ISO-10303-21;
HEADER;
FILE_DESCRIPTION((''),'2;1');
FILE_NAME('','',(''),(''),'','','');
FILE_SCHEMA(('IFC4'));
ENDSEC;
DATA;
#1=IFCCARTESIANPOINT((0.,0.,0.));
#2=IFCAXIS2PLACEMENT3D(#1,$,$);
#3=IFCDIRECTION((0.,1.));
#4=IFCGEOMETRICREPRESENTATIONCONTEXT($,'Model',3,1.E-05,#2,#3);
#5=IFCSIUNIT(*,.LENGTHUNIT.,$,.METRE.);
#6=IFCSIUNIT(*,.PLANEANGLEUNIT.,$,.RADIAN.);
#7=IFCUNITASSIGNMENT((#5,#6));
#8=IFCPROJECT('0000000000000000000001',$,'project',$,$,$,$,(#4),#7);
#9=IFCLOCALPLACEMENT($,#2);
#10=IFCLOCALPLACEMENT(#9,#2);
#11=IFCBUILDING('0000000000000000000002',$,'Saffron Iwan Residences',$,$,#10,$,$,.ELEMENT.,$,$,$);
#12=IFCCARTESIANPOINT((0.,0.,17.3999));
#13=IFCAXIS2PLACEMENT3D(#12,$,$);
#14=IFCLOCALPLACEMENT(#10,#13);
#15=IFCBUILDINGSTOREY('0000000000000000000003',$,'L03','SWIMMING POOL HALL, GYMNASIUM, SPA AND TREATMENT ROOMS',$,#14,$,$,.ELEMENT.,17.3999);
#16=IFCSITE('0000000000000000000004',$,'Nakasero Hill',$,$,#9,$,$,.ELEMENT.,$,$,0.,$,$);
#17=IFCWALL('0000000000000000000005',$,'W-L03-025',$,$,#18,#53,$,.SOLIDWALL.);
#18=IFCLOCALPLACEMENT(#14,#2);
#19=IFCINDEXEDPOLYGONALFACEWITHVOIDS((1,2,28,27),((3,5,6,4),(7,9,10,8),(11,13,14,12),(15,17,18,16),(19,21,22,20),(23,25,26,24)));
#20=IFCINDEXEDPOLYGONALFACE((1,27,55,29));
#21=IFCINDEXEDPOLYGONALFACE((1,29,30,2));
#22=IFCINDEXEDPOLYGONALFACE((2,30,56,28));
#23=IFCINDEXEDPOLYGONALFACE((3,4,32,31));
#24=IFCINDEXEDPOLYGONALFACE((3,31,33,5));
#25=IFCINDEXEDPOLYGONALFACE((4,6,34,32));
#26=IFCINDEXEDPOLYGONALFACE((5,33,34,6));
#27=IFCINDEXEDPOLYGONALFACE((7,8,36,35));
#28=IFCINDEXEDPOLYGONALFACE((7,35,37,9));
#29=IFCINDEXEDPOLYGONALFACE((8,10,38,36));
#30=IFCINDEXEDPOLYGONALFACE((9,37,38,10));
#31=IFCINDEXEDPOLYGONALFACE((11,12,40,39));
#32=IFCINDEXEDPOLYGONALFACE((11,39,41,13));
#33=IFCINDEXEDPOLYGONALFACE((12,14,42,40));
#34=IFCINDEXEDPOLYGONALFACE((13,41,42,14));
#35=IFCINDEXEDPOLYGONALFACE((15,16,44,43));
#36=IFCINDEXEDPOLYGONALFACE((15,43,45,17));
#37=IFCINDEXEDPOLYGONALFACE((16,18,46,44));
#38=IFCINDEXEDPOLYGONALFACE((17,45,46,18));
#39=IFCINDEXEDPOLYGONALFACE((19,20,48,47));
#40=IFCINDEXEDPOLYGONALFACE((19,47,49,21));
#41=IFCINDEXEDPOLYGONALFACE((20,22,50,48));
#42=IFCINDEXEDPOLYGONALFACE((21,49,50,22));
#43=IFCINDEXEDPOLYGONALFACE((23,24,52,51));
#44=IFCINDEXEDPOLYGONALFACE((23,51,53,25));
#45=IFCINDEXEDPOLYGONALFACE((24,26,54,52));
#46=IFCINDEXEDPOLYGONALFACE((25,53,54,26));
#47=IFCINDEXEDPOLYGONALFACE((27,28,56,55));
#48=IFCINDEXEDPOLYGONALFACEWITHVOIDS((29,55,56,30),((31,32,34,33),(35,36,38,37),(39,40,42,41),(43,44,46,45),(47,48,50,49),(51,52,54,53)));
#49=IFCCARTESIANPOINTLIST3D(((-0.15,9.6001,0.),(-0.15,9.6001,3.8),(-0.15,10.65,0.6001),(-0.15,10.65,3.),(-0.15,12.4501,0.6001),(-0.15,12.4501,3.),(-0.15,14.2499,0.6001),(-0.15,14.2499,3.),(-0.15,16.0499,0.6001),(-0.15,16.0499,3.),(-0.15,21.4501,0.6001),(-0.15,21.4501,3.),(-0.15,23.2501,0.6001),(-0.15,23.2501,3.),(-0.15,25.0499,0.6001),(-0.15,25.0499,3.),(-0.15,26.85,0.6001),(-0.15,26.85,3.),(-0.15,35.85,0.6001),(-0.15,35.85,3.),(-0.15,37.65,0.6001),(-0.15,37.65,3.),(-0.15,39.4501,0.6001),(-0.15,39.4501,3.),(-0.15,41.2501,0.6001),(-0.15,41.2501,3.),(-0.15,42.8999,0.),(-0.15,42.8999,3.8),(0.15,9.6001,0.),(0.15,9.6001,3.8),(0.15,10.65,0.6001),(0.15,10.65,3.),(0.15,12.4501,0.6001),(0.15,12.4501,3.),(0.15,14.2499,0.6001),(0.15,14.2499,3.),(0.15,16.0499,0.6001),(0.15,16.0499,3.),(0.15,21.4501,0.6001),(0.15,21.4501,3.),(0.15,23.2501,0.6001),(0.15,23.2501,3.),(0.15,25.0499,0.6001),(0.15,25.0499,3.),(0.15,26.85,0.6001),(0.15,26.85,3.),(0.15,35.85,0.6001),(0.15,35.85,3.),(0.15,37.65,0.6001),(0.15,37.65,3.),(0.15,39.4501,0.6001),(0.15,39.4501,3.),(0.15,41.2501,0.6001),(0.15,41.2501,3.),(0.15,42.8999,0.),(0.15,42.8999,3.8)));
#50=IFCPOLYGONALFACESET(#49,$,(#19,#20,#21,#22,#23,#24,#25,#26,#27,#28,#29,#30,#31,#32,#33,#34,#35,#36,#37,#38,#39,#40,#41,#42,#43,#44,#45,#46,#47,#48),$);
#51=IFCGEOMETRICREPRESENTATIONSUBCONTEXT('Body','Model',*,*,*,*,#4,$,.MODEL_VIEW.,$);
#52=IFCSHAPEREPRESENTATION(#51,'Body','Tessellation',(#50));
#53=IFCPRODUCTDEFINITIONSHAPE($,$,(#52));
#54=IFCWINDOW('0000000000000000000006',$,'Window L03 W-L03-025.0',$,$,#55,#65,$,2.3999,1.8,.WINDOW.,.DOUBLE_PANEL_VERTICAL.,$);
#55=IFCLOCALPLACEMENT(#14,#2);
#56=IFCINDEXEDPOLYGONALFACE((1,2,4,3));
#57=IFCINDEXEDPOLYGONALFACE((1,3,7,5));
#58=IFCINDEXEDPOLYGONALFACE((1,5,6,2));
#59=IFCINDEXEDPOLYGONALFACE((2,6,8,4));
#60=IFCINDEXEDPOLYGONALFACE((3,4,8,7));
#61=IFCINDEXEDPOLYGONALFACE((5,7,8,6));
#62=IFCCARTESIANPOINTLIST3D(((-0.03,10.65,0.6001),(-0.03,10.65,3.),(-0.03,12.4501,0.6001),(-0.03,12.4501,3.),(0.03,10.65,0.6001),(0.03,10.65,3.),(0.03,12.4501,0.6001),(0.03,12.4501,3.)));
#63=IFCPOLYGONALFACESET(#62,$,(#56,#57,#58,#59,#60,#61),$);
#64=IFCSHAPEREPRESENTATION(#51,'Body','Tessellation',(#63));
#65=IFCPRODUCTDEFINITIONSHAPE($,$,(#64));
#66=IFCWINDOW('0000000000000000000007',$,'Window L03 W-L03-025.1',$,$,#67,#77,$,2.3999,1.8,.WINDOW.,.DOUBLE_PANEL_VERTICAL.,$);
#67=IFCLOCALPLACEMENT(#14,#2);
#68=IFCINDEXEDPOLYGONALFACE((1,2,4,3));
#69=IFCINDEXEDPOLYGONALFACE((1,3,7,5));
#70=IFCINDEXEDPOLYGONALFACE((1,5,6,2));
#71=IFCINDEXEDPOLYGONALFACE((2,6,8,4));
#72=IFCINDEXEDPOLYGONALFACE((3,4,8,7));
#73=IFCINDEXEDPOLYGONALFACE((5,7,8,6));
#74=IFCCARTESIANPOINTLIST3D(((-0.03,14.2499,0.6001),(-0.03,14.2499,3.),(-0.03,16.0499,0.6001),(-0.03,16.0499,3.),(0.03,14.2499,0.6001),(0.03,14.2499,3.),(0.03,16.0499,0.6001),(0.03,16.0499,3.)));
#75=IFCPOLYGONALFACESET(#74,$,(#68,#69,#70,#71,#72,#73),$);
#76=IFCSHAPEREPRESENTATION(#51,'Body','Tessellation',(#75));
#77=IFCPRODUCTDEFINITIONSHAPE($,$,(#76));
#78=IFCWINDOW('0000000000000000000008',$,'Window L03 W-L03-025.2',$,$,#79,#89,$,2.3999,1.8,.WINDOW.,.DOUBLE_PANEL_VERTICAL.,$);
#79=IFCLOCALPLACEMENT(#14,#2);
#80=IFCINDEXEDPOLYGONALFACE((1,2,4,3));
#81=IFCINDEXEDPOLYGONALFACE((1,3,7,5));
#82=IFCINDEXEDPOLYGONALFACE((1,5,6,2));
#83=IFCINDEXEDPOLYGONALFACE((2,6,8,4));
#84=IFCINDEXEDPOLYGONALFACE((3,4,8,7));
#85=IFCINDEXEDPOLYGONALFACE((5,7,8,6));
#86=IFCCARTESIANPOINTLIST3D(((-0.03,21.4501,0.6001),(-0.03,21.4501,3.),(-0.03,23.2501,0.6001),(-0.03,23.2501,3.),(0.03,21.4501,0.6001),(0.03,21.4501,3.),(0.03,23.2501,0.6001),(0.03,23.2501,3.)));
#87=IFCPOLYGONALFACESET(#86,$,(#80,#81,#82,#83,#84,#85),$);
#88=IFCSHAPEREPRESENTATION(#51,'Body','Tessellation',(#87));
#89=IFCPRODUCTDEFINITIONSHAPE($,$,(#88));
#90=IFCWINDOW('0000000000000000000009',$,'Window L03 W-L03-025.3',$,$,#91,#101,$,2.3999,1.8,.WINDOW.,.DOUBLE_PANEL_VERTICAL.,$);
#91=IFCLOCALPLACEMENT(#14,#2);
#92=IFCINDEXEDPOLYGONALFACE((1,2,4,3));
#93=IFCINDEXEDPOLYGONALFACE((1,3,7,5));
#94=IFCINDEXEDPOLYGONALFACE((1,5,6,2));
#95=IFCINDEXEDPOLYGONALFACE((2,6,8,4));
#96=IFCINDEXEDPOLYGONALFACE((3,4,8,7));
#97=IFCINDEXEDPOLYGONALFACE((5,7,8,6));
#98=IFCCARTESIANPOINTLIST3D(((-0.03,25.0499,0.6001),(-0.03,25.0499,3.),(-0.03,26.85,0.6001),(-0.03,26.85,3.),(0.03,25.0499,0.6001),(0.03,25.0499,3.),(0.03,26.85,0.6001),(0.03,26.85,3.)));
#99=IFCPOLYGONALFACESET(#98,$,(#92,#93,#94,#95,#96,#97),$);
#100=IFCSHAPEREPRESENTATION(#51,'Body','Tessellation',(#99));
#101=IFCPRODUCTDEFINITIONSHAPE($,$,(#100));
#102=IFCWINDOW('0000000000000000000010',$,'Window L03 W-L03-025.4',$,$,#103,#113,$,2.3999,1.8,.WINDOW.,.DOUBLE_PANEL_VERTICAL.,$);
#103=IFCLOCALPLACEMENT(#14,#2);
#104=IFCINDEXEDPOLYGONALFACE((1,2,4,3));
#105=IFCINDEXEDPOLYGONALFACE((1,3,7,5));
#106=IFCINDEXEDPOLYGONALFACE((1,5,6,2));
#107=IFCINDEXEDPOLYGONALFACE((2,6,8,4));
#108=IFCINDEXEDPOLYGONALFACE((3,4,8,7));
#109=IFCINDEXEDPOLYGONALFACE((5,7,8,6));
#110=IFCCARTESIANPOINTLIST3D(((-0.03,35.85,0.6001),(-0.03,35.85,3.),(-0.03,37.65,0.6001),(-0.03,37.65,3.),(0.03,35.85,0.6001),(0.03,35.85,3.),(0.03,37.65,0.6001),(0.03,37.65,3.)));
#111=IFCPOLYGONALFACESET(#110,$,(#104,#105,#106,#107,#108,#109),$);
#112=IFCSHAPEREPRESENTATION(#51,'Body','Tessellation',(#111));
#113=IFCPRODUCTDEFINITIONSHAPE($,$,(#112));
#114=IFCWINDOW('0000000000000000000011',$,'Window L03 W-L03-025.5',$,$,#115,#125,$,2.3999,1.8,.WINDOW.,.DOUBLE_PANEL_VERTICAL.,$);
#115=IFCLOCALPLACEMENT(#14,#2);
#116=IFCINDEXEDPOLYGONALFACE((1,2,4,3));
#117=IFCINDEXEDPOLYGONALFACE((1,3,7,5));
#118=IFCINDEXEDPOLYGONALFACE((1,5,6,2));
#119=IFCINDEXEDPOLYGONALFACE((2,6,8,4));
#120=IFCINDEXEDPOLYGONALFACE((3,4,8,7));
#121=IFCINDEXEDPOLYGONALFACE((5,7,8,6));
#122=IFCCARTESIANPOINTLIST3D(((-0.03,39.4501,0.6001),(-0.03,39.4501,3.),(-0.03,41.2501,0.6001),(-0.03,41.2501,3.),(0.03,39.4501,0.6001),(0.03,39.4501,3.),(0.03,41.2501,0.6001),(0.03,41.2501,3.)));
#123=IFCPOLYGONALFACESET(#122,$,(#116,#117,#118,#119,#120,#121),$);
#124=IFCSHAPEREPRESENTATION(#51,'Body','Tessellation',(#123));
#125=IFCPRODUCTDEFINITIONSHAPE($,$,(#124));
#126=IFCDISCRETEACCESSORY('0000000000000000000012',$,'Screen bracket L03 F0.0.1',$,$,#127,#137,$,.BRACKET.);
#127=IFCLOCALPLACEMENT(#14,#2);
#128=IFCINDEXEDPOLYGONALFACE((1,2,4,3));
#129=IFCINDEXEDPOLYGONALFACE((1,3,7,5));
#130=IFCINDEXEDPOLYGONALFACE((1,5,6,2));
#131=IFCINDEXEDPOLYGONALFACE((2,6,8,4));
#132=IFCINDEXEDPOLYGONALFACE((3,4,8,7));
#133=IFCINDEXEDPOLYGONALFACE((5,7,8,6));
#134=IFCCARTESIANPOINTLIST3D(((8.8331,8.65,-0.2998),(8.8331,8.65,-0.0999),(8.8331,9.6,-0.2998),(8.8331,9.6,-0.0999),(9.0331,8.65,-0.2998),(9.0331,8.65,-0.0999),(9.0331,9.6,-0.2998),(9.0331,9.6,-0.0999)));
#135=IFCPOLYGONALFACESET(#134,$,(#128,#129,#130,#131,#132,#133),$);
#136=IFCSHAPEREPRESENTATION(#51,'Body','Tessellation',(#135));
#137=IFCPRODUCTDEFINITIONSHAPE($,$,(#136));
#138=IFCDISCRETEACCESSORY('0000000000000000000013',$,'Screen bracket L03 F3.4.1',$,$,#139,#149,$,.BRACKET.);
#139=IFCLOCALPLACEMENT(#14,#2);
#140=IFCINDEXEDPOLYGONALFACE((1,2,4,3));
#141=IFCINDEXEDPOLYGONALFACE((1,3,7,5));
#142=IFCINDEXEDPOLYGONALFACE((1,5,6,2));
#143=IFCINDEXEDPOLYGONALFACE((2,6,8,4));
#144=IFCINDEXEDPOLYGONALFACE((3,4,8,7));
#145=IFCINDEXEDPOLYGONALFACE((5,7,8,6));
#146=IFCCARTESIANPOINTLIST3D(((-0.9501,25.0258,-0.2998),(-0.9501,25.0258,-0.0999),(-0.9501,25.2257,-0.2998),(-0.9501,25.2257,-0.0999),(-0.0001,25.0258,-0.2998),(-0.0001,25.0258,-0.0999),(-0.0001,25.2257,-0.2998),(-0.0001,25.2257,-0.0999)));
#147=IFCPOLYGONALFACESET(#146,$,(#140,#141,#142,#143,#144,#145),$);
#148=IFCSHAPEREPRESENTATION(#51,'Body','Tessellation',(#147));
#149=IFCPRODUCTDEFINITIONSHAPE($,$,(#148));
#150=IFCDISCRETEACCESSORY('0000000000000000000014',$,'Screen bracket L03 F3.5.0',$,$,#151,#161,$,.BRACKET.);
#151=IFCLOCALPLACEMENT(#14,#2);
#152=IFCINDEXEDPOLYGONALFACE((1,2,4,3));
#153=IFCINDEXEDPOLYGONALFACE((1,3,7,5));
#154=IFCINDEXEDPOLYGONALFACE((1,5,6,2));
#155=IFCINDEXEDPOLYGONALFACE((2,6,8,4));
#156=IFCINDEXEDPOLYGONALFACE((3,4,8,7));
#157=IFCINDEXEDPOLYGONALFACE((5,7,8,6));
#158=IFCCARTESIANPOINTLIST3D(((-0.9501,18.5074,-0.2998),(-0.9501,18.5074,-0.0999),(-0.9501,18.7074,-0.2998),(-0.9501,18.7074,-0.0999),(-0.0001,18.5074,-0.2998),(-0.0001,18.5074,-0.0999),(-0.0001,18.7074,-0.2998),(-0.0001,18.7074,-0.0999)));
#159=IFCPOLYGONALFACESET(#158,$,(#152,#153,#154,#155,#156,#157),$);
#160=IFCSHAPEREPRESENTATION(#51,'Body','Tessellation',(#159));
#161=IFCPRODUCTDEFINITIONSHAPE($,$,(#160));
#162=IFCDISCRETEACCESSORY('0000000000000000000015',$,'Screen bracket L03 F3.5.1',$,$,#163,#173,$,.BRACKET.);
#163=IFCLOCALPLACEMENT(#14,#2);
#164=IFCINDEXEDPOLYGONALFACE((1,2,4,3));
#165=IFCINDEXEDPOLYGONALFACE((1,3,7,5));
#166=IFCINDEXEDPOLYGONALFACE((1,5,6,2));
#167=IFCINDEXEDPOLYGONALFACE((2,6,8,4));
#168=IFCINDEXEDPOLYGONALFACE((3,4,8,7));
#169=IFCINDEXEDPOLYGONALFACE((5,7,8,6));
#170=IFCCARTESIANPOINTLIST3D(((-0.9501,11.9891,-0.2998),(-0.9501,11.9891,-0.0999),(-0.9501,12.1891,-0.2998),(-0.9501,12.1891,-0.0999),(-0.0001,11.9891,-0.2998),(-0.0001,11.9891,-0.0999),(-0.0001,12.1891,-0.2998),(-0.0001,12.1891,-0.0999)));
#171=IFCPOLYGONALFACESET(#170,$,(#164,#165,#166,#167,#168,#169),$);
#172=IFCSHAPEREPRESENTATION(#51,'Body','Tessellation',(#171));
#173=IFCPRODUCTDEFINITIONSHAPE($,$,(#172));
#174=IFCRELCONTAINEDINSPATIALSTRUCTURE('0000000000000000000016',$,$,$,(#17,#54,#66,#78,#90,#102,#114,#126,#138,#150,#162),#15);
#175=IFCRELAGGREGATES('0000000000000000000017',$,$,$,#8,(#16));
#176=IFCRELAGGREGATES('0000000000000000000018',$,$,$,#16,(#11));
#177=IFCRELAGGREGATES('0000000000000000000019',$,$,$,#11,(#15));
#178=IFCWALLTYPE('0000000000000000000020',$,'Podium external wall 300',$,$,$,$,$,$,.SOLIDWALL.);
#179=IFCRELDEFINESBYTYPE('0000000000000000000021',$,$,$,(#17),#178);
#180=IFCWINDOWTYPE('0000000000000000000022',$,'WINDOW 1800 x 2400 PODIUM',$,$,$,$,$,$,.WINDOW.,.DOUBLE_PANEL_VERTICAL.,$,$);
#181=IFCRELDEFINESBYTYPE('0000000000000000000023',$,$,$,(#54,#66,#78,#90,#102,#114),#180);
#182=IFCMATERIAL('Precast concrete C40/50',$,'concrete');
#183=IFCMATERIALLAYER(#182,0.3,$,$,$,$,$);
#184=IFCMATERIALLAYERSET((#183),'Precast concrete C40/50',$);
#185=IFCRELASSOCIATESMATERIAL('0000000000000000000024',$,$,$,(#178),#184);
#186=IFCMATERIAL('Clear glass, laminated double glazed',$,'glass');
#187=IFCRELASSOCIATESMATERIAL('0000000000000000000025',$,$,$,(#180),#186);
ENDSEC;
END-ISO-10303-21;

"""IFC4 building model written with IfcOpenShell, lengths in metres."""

from ifc_helpers import new_model, si_unit, direction, frame, frame_2d, origin, origin_2d, place, context, subcontext, project, spatial, rectangle, extrude, source, transform, mapped, material, layer, layer_set, type_object, element, fill, save


model = new_model("IFC4")

# Units and contexts
model_context = context("Model", 3, precision=1e-05, world=origin(), true_north=direction((0.0, 1.0)))
body_context = subcontext(model_context, "Body", "Model", "MODEL_VIEW")
ifc_project = project(units=[si_unit("LENGTHUNIT", "METRE"), si_unit("PLANEANGLEUNIT", "RADIAN")], contexts=[model_context])

# Site, building, storey
site_placement = place(None, origin())
site = spatial("IfcSite", under=ifc_project, at=site_placement, Name="Nakasero Hill", CompositionType="ELEMENT", RefElevation=0.0)
building_placement = place(site_placement, origin())
building = spatial("IfcBuilding", under=site, at=building_placement, Name="Saffron Iwan Residences", CompositionType="ELEMENT")
storey_placement = place(building_placement, frame((0.0, 0.0, 17.3999)))
storey = spatial("IfcBuildingStorey", under=building, at=storey_placement, Name="L03", Description="SWIMMING POOL HALL, GYMNASIUM, SPA AND TREATMENT ROOMS", CompositionType="ELEMENT", Elevation=17.3999)

# Wall, openings, windows
ifc_material_1 = material(Name="Precast concrete C40/50", Category="concrete")
ifc_layer_1 = layer(ifc_material_1, 0.3)
ifc_layer_set_1 = layer_set([ifc_layer_1], Name="Precast concrete C40/50")
wall_type_1 = type_object("IfcWallType", Name="Podium external wall 300", PredefinedType="SOLIDWALL", material=ifc_layer_set_1)
wall_1_placement = place(storey_placement, frame((0.0, 9.6001, 0.0), z_axis=(0.0, 0.0, 1.0), x_axis=(0.0, 1.0, 0.0)))
wall_1 = element("IfcWall", 1, at=wall_1_placement, inside=storey, type_object=wall_type_1, Name="W-L03-025", PredefinedType="SOLIDWALL", context=body_context, shape_type="SweptSolid", body=[
    extrude(rectangle(XDim=33.2998, YDim=0.3, at=frame_2d((16.6499, 0.0))), origin(), (0.0, 0.0, 1.0), 3.8),
])
opening_1_placement = place(wall_1_placement, frame((1.05, 0.0, 0.6001)))
opening_1 = element("IfcOpeningElement", 2, at=opening_1_placement, cuts=wall_1, PredefinedType="OPENING", context=body_context, shape_type="SweptSolid", body=[
    extrude(rectangle(XDim=1.8, YDim=2.3999, at=frame_2d((0.8999, 1.2))), frame((0.0, 0.1602, 0.0), z_axis=(0.0, -1.0, 0.0), x_axis=(1.0, 0.0, 0.0)), (0.0, 0.0, 1.0), 0.3201),
])
opening_2_placement = place(wall_1_placement, frame((4.6499, 0.0, 0.6001)))
opening_2 = element("IfcOpeningElement", 3, at=opening_2_placement, cuts=wall_1, PredefinedType="OPENING", context=body_context, shape_type="SweptSolid", body=[
    extrude(rectangle(XDim=1.8, YDim=2.3999, at=frame_2d((0.8999, 1.2))), frame((0.0, 0.1602, 0.0), z_axis=(0.0, -1.0, 0.0), x_axis=(1.0, 0.0, 0.0)), (0.0, 0.0, 1.0), 0.3201),
])
opening_3_placement = place(wall_1_placement, frame((11.8501, 0.0, 0.6001)))
opening_3 = element("IfcOpeningElement", 4, at=opening_3_placement, cuts=wall_1, PredefinedType="OPENING", context=body_context, shape_type="SweptSolid", body=[
    extrude(rectangle(XDim=1.8, YDim=2.3999, at=frame_2d((0.8999, 1.2))), frame((0.0, 0.1602, 0.0), z_axis=(0.0, -1.0, 0.0), x_axis=(1.0, 0.0, 0.0)), (0.0, 0.0, 1.0), 0.3201),
])
opening_4_placement = place(wall_1_placement, frame((15.45, 0.0, 0.6001)))
opening_4 = element("IfcOpeningElement", 5, at=opening_4_placement, cuts=wall_1, PredefinedType="OPENING", context=body_context, shape_type="SweptSolid", body=[
    extrude(rectangle(XDim=1.8, YDim=2.3999, at=frame_2d((0.8999, 1.2))), frame((0.0, 0.1602, 0.0), z_axis=(0.0, -1.0, 0.0), x_axis=(1.0, 0.0, 0.0)), (0.0, 0.0, 1.0), 0.3201),
])
opening_5_placement = place(wall_1_placement, frame((26.25, 0.0, 0.6001)))
opening_5 = element("IfcOpeningElement", 6, at=opening_5_placement, cuts=wall_1, PredefinedType="OPENING", context=body_context, shape_type="SweptSolid", body=[
    extrude(rectangle(XDim=1.8, YDim=2.3999, at=frame_2d((0.8999, 1.2))), frame((0.0, 0.1602, 0.0), z_axis=(0.0, -1.0, 0.0), x_axis=(1.0, 0.0, 0.0)), (0.0, 0.0, 1.0), 0.3201),
])
opening_6_placement = place(wall_1_placement, frame((29.8501, 0.0, 0.6001)))
opening_6 = element("IfcOpeningElement", 7, at=opening_6_placement, cuts=wall_1, PredefinedType="OPENING", context=body_context, shape_type="SweptSolid", body=[
    extrude(rectangle(XDim=1.8, YDim=2.3999, at=frame_2d((0.8999, 1.2))), frame((0.0, 0.1602, 0.0), z_axis=(0.0, -1.0, 0.0), x_axis=(1.0, 0.0, 0.0)), (0.0, 0.0, 1.0), 0.3201),
])
ifc_material_2 = material(Name="Clear glass, laminated double glazed", Category="glass")
window_type = type_object("IfcWindowType", Name="WINDOW 1800 x 2400 PODIUM", PartitioningType="DOUBLE_PANEL_VERTICAL", PredefinedType="WINDOW", material=ifc_material_2)
window_1_placement = place(opening_1_placement, origin())
window_1 = element("IfcWindow", 8, at=window_1_placement, inside=storey, type_object=window_type, Name="Window L03 W-L03-025.0", OverallHeight=2.3999, OverallWidth=1.8, PartitioningType="DOUBLE_PANEL_VERTICAL", PredefinedType="WINDOW", context=body_context, shape_type="SweptSolid", body=[
    extrude(rectangle(XDim=1.8, YDim=2.3999, at=frame_2d((0.8999, 1.2))), frame((0.0, 0.03, 0.0), z_axis=(0.0, -1.0, 0.0), x_axis=(1.0, 0.0, 0.0)), (0.0, 0.0, 1.0), 0.0601),
])
fill(opening_1, window_1)
window_2_placement = place(opening_2_placement, origin())
window_2 = element("IfcWindow", 9, at=window_2_placement, inside=storey, type_object=window_type, Name="Window L03 W-L03-025.1", OverallHeight=2.3999, OverallWidth=1.8, PartitioningType="DOUBLE_PANEL_VERTICAL", PredefinedType="WINDOW", context=body_context, shape_type="SweptSolid", body=[
    extrude(rectangle(XDim=1.8, YDim=2.3999, at=frame_2d((0.8999, 1.2))), frame((0.0, 0.03, 0.0), z_axis=(0.0, -1.0, 0.0), x_axis=(1.0, 0.0, 0.0)), (0.0, 0.0, 1.0), 0.0601),
])
fill(opening_2, window_2)
window_3_placement = place(opening_3_placement, origin())
window_3 = element("IfcWindow", 10, at=window_3_placement, inside=storey, type_object=window_type, Name="Window L03 W-L03-025.2", OverallHeight=2.3999, OverallWidth=1.8, PartitioningType="DOUBLE_PANEL_VERTICAL", PredefinedType="WINDOW", context=body_context, shape_type="SweptSolid", body=[
    extrude(rectangle(XDim=1.8, YDim=2.3999, at=frame_2d((0.8999, 1.2))), frame((0.0, 0.03, 0.0), z_axis=(0.0, -1.0, 0.0), x_axis=(1.0, 0.0, 0.0)), (0.0, 0.0, 1.0), 0.0601),
])
fill(opening_3, window_3)
window_4_placement = place(opening_4_placement, origin())
window_4 = element("IfcWindow", 11, at=window_4_placement, inside=storey, type_object=window_type, Name="Window L03 W-L03-025.3", OverallHeight=2.3999, OverallWidth=1.8, PartitioningType="DOUBLE_PANEL_VERTICAL", PredefinedType="WINDOW", context=body_context, shape_type="SweptSolid", body=[
    extrude(rectangle(XDim=1.8, YDim=2.3999, at=frame_2d((0.8999, 1.2))), frame((0.0, 0.03, 0.0), z_axis=(0.0, -1.0, 0.0), x_axis=(1.0, 0.0, 0.0)), (0.0, 0.0, 1.0), 0.0601),
])
fill(opening_4, window_4)
window_5_placement = place(opening_5_placement, origin())
window_5 = element("IfcWindow", 12, at=window_5_placement, inside=storey, type_object=window_type, Name="Window L03 W-L03-025.4", OverallHeight=2.3999, OverallWidth=1.8, PartitioningType="DOUBLE_PANEL_VERTICAL", PredefinedType="WINDOW", context=body_context, shape_type="SweptSolid", body=[
    extrude(rectangle(XDim=1.8, YDim=2.3999, at=frame_2d((0.8999, 1.2))), frame((0.0, 0.03, 0.0), z_axis=(0.0, -1.0, 0.0), x_axis=(1.0, 0.0, 0.0)), (0.0, 0.0, 1.0), 0.0601),
])
fill(opening_5, window_5)
window_6_placement = place(opening_6_placement, origin())
window_6 = element("IfcWindow", 13, at=window_6_placement, inside=storey, type_object=window_type, Name="Window L03 W-L03-025.5", OverallHeight=2.3999, OverallWidth=1.8, PartitioningType="DOUBLE_PANEL_VERTICAL", PredefinedType="WINDOW", context=body_context, shape_type="SweptSolid", body=[
    extrude(rectangle(XDim=1.8, YDim=2.3999, at=frame_2d((0.8999, 1.2))), frame((0.0, 0.03, 0.0), z_axis=(0.0, -1.0, 0.0), x_axis=(1.0, 0.0, 0.0)), (0.0, 0.0, 1.0), 0.0601),
])
fill(opening_6, window_6)

# Discrete accessories
shared_shape_1 = source(origin(), body_context, "Body", "SweptSolid", [
    extrude(rectangle(XDim=0.95, YDim=0.2, at=origin_2d()), origin(), (0.0, 0.0, 1.0), 0.2),
])
for number, where, z_axis, x_axis, name in (
    (14, (8.9331, 9.125, -0.2998), (0.0, 0.0, 1.0), (0.0, -1.0, 0.0), "Screen bracket L03 F0.0.1"),
    (15, (-0.4751, 25.1257, -0.2998), (0.0, 0.0, 1.0), (-1.0, 0.0, 0.0), "Screen bracket L03 F3.4.1"),
    (16, (-0.4751, 18.6074, -0.2998), (0.0, 0.0, 1.0), (-1.0, 0.0, 0.0), "Screen bracket L03 F3.5.0"),
    (17, (-0.4751, 12.0891, -0.2998), (0.0, 0.0, 1.0), (-1.0, 0.0, 0.0), "Screen bracket L03 F3.5.1"),
):
    element("IfcDiscreteAccessory", number, at=place(storey_placement, frame(where, z_axis=z_axis, x_axis=x_axis)), inside=storey, Name=name, PredefinedType="BRACKET", context=body_context, shape_type="MappedRepresentation", body=[
        mapped(shared_shape_1, transform((0.0, 0.0, 0.0))),
    ])

save(model, "model.ifc")
